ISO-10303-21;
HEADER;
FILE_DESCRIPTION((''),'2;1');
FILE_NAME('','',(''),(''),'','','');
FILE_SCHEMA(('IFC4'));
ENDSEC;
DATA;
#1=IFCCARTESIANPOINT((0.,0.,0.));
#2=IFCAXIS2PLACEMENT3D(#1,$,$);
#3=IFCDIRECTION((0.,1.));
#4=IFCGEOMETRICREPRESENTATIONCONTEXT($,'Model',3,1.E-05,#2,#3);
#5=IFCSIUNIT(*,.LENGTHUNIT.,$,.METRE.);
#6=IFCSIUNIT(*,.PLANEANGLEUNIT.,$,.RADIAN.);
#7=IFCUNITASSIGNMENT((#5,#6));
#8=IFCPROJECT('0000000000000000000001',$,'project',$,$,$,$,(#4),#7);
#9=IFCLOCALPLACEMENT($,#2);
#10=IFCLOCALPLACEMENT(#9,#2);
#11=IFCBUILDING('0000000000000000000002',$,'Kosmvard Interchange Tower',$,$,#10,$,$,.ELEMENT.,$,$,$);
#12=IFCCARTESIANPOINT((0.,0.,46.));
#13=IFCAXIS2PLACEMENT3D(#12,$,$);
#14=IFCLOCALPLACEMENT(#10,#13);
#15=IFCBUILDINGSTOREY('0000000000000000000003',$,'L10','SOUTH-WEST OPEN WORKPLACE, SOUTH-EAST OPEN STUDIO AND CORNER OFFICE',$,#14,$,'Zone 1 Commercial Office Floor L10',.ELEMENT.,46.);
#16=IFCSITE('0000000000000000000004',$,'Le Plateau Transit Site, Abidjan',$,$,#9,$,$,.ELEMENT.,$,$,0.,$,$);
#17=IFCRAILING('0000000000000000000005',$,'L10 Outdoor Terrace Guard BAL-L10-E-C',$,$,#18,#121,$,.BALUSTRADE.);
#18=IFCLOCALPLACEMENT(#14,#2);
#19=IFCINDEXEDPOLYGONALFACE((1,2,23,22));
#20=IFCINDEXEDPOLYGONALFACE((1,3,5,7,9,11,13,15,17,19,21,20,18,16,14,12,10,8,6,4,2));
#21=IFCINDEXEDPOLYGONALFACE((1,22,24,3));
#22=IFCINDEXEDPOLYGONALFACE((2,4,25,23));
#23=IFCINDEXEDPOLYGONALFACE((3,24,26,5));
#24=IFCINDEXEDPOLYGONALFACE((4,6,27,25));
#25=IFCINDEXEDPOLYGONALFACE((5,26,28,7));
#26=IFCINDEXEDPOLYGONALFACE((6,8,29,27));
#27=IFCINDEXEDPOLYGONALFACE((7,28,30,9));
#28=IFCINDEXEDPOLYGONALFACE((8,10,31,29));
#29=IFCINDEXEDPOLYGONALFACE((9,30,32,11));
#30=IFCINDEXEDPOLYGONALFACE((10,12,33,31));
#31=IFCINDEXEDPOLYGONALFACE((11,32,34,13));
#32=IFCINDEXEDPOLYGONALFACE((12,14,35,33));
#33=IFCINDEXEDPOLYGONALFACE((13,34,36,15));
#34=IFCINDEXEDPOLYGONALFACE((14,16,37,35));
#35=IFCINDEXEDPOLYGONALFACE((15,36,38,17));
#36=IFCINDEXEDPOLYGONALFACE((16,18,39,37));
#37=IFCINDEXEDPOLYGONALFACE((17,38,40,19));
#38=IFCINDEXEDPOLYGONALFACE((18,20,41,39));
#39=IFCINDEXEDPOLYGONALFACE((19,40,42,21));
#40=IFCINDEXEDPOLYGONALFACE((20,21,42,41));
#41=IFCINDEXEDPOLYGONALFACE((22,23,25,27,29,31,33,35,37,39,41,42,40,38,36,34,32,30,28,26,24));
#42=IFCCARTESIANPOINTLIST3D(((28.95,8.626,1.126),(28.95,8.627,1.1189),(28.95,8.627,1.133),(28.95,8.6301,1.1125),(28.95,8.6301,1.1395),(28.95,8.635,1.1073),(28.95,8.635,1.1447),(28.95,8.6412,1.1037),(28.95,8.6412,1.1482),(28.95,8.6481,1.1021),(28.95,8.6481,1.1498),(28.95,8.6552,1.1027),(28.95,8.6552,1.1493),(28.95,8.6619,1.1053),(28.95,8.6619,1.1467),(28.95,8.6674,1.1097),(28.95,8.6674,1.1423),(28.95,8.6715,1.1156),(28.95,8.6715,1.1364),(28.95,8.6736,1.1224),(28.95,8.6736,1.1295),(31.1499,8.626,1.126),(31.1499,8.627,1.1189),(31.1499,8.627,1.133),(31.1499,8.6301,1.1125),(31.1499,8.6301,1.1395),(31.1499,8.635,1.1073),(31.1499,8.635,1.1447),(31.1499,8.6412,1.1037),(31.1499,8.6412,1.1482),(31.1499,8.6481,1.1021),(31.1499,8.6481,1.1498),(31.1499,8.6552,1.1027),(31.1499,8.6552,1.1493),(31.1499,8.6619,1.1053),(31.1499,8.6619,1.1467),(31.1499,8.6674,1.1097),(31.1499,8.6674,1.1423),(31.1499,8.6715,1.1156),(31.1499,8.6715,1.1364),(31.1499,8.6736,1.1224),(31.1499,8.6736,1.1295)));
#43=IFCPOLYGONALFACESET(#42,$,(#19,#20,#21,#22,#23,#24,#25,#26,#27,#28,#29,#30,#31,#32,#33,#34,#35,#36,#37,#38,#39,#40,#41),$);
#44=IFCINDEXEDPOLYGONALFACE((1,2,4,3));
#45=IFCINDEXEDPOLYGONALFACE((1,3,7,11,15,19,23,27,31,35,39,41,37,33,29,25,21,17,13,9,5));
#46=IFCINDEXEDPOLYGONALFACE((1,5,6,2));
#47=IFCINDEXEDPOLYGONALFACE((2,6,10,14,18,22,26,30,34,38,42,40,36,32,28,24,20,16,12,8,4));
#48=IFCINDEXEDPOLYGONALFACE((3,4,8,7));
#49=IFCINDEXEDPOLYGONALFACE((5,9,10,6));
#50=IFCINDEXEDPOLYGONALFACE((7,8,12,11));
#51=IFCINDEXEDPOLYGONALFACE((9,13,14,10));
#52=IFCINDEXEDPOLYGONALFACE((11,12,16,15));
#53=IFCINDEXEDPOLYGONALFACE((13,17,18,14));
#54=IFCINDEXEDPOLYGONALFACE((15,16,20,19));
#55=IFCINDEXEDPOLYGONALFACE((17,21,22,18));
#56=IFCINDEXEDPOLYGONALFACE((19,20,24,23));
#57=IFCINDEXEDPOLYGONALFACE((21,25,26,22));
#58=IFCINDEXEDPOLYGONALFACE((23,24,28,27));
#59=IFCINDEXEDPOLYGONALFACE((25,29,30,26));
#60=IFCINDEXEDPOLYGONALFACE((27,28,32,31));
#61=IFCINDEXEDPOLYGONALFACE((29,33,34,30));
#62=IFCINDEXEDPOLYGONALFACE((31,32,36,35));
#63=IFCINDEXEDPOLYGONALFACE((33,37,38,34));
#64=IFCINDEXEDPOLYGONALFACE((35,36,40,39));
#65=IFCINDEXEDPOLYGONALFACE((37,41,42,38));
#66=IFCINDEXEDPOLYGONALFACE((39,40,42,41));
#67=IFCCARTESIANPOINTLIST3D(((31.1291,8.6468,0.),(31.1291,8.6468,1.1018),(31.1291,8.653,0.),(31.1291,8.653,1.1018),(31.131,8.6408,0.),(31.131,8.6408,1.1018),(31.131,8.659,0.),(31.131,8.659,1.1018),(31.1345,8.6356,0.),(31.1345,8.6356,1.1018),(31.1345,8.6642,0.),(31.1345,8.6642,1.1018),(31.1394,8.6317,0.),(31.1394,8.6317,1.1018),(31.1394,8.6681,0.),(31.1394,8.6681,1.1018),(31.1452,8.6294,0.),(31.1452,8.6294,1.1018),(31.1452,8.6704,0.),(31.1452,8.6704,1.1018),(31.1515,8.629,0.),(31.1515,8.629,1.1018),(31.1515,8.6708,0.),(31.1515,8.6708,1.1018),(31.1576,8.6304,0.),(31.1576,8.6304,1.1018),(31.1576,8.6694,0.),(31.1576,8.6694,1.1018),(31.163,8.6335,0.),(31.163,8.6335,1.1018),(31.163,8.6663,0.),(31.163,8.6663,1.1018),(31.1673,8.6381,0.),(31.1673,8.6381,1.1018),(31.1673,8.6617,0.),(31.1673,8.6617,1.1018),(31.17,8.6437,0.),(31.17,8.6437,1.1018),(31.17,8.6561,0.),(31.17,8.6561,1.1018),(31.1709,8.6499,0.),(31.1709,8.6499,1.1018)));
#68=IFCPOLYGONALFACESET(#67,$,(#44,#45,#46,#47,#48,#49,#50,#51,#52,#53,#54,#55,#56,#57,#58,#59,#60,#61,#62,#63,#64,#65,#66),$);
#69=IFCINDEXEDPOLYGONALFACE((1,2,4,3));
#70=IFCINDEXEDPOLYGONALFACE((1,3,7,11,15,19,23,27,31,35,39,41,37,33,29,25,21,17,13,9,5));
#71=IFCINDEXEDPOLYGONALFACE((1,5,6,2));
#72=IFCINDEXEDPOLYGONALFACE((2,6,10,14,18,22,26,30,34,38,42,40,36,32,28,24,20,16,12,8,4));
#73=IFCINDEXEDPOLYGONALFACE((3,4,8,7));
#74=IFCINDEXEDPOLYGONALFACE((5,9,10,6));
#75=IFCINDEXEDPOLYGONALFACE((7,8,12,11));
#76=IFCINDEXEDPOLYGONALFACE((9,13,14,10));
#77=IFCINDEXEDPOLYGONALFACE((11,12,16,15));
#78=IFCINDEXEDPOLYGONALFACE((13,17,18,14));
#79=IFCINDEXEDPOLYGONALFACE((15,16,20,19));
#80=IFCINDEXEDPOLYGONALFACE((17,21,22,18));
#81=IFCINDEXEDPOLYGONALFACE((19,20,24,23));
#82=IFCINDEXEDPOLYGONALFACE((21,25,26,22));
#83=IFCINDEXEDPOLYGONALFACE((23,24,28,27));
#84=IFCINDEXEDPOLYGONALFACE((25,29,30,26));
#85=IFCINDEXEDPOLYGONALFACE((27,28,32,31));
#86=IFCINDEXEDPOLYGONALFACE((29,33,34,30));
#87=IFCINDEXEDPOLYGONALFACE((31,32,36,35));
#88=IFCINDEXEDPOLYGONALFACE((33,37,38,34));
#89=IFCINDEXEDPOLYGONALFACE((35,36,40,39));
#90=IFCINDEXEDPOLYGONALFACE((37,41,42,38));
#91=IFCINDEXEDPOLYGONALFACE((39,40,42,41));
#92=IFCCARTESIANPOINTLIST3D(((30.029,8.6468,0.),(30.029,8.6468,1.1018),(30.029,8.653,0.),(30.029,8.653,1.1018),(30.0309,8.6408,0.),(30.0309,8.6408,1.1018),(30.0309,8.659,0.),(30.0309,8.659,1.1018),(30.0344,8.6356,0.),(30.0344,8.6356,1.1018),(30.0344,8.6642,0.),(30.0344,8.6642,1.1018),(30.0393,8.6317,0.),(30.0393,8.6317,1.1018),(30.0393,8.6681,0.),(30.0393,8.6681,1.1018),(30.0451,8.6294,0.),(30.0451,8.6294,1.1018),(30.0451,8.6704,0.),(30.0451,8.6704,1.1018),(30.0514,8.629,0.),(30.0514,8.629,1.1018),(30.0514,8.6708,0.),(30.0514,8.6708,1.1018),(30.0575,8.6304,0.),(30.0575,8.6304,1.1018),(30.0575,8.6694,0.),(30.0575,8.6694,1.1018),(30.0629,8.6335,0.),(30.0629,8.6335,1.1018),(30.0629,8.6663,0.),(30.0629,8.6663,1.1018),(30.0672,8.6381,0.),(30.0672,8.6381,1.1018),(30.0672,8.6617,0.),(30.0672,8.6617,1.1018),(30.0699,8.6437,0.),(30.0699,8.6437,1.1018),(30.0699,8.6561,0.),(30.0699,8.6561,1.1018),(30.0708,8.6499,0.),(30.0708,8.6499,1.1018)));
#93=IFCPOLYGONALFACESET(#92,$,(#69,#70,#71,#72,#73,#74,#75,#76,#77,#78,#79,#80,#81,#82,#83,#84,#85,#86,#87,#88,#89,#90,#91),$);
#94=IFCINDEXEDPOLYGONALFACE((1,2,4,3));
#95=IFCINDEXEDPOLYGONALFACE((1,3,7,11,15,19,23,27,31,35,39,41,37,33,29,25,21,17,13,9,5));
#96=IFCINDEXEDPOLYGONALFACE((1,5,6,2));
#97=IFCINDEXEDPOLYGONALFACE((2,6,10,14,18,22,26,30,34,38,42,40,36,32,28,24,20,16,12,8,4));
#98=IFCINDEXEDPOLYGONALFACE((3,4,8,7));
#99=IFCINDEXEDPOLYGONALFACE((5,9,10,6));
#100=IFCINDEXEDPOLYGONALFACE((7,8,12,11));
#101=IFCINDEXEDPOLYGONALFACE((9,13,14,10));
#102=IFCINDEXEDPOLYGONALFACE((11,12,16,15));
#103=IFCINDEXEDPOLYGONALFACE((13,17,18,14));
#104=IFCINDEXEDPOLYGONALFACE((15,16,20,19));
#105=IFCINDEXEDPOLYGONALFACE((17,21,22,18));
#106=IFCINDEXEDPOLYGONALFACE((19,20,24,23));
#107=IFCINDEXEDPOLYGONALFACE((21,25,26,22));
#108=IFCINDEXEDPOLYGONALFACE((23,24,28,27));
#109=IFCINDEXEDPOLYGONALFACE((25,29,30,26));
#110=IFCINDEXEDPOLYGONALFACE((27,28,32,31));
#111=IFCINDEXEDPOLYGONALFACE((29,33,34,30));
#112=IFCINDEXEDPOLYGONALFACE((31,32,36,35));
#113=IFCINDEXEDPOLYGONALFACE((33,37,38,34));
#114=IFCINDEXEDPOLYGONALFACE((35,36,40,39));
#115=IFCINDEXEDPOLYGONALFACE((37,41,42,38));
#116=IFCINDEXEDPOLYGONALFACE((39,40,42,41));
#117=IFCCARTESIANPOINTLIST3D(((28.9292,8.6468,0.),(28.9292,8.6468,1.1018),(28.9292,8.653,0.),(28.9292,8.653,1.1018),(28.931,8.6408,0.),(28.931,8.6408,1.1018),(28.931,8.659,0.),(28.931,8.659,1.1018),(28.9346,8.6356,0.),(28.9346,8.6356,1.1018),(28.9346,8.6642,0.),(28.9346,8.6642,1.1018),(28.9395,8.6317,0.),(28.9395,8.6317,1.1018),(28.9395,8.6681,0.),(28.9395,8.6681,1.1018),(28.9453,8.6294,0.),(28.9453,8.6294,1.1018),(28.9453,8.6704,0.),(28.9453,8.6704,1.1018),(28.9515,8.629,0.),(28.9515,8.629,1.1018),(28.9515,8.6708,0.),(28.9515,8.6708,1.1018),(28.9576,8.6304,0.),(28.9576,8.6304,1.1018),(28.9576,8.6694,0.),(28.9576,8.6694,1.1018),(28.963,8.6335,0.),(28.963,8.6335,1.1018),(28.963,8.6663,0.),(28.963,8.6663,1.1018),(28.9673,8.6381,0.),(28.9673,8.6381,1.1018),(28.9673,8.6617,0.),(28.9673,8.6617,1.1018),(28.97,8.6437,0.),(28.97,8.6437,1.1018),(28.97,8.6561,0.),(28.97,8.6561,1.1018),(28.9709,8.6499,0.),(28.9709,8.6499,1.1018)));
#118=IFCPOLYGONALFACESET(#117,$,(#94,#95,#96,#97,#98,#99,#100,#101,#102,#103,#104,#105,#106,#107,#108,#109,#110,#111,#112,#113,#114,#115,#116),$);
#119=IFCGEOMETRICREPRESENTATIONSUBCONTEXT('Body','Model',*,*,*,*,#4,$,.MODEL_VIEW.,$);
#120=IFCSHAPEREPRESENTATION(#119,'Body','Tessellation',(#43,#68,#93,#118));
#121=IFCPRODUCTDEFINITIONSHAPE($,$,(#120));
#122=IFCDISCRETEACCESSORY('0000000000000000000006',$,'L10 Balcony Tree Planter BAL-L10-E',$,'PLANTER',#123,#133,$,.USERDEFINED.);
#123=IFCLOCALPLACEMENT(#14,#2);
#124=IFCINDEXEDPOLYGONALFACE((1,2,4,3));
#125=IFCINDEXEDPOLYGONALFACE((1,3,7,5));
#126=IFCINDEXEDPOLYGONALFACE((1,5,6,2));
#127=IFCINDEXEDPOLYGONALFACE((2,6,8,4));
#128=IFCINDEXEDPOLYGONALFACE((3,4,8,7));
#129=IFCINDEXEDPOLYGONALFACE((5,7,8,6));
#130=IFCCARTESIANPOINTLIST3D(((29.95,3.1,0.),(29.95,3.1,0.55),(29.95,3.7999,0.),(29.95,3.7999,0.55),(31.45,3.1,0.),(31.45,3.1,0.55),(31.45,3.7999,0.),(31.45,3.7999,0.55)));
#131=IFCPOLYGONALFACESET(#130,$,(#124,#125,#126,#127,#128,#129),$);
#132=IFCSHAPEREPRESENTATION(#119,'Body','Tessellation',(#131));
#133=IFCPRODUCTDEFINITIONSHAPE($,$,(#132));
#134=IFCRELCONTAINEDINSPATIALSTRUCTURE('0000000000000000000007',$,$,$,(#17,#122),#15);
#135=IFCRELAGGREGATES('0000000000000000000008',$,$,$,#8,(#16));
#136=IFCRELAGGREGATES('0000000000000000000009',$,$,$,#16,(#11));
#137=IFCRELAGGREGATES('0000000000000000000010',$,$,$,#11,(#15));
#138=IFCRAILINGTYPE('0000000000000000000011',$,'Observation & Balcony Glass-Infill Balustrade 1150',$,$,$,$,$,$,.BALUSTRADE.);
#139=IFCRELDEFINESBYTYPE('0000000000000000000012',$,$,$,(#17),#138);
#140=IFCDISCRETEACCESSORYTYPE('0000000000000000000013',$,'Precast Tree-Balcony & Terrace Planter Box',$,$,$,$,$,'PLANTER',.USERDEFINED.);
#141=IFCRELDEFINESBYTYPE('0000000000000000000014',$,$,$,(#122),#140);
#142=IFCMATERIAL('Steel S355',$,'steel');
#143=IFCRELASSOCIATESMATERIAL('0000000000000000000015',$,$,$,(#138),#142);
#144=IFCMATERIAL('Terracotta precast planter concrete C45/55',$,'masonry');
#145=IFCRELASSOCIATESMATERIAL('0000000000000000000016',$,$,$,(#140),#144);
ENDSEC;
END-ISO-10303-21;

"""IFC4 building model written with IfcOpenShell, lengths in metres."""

from ifc_helpers import new_model, si_unit, direction, frame, origin, origin_2d, place, context, subcontext, project, spatial, rectangle, circle, extrude, source, transform, mapped, material, type_object, element, save


model = new_model("IFC4")

# Units and contexts
model_context = context("Model", 3, precision=1e-05, world=origin(), true_north=direction((0.0, 1.0)))
body_context = subcontext(model_context, "Body", "Model", "MODEL_VIEW")
ifc_project = project(units=[si_unit("LENGTHUNIT", "METRE"), si_unit("PLANEANGLEUNIT", "RADIAN")], contexts=[model_context])

# Site, building, storey
site_placement = place(None, origin())
site = spatial("IfcSite", under=ifc_project, at=site_placement, Name="Le Plateau Transit Site, Abidjan", CompositionType="ELEMENT", RefElevation=0.0)
building_placement = place(site_placement, origin())
building = spatial("IfcBuilding", under=site, at=building_placement, Name="Kosmvard Interchange Tower", CompositionType="ELEMENT")
storey_placement = place(building_placement, frame((0.0, 0.0, 46.0)))
storey = spatial("IfcBuildingStorey", under=building, at=storey_placement, Name="L10", Description="SOUTH-WEST OPEN WORKPLACE, SOUTH-EAST OPEN STUDIO AND CORNER OFFICE", LongName="Zone 1 Commercial Office Floor L10", CompositionType="ELEMENT", Elevation=46.0)

# Shared definitions
ifc_material_1 = material(Name="Steel S355", Category="steel")

# Railing
railing_type = type_object("IfcRailingType", Name="Observation & Balcony Glass-Infill Balustrade 1150", PredefinedType="BALUSTRADE", material=ifc_material_1)
shared_shape_1 = source(origin(), body_context, "Body", "SweptSolid", [
    extrude(circle(Radius=0.0239, at=origin_2d()), frame((0.0, 0.0, 1.126), z_axis=(-1.0, 0.0, 0.0), x_axis=(0.0, -1.0, 0.0)), (0.0, 0.0, 1.0), 2.2),
    extrude(circle(Radius=0.021, at=origin_2d()), origin(), (0.0, 0.0, 1.0), 1.1018),
    extrude(circle(Radius=0.021, at=origin_2d()), frame((-1.1001, 0.0, 0.0)), (0.0, 0.0, 1.0), 1.1018),
    extrude(circle(Radius=0.021, at=origin_2d()), frame((-2.2, 0.0, 0.0)), (0.0, 0.0, 1.0), 1.1018),
])
railing_1_placement = place(storey_placement, frame((31.1499, 8.6499, 0.0)))
element("IfcRailing", 1, at=railing_1_placement, inside=storey, type_object=railing_type, Name="L10 Outdoor Terrace Guard BAL-L10-E-C", PredefinedType="BALUSTRADE", context=body_context, shape_type="MappedRepresentation", body=[
    mapped(shared_shape_1, transform((0.0, 0.0, 0.0), scale=1.0)),
])

# Discrete accessory
ifc_material_2 = material(Name="Terracotta precast planter concrete C45/55", Category="masonry")
discrete_accessory_type = type_object("IfcDiscreteAccessoryType", Name="Precast Tree-Balcony & Terrace Planter Box", ElementType="PLANTER", PredefinedType="USERDEFINED", material=ifc_material_2)
shared_shape_2 = source(origin(), body_context, "Body", "SweptSolid", [
    extrude(rectangle(XDim=1.5, YDim=0.7, at=origin_2d()), origin(), (0.0, 0.0, 1.0), 0.55),
])
discrete_accessory_placement = place(storey_placement, frame((30.7, 3.45, 0.0), z_axis=(0.0, 0.0, 1.0), x_axis=(1.0, 0.0, 0.0)))
element("IfcDiscreteAccessory", 2, at=discrete_accessory_placement, inside=storey, type_object=discrete_accessory_type, Name="L10 Balcony Tree Planter BAL-L10-E", ObjectType="PLANTER", PredefinedType="USERDEFINED", context=body_context, shape_type="MappedRepresentation", body=[
    mapped(shared_shape_2, transform((0.0, 0.0, 0.0), scale=1.0)),
])

save(model, "model.ifc")
